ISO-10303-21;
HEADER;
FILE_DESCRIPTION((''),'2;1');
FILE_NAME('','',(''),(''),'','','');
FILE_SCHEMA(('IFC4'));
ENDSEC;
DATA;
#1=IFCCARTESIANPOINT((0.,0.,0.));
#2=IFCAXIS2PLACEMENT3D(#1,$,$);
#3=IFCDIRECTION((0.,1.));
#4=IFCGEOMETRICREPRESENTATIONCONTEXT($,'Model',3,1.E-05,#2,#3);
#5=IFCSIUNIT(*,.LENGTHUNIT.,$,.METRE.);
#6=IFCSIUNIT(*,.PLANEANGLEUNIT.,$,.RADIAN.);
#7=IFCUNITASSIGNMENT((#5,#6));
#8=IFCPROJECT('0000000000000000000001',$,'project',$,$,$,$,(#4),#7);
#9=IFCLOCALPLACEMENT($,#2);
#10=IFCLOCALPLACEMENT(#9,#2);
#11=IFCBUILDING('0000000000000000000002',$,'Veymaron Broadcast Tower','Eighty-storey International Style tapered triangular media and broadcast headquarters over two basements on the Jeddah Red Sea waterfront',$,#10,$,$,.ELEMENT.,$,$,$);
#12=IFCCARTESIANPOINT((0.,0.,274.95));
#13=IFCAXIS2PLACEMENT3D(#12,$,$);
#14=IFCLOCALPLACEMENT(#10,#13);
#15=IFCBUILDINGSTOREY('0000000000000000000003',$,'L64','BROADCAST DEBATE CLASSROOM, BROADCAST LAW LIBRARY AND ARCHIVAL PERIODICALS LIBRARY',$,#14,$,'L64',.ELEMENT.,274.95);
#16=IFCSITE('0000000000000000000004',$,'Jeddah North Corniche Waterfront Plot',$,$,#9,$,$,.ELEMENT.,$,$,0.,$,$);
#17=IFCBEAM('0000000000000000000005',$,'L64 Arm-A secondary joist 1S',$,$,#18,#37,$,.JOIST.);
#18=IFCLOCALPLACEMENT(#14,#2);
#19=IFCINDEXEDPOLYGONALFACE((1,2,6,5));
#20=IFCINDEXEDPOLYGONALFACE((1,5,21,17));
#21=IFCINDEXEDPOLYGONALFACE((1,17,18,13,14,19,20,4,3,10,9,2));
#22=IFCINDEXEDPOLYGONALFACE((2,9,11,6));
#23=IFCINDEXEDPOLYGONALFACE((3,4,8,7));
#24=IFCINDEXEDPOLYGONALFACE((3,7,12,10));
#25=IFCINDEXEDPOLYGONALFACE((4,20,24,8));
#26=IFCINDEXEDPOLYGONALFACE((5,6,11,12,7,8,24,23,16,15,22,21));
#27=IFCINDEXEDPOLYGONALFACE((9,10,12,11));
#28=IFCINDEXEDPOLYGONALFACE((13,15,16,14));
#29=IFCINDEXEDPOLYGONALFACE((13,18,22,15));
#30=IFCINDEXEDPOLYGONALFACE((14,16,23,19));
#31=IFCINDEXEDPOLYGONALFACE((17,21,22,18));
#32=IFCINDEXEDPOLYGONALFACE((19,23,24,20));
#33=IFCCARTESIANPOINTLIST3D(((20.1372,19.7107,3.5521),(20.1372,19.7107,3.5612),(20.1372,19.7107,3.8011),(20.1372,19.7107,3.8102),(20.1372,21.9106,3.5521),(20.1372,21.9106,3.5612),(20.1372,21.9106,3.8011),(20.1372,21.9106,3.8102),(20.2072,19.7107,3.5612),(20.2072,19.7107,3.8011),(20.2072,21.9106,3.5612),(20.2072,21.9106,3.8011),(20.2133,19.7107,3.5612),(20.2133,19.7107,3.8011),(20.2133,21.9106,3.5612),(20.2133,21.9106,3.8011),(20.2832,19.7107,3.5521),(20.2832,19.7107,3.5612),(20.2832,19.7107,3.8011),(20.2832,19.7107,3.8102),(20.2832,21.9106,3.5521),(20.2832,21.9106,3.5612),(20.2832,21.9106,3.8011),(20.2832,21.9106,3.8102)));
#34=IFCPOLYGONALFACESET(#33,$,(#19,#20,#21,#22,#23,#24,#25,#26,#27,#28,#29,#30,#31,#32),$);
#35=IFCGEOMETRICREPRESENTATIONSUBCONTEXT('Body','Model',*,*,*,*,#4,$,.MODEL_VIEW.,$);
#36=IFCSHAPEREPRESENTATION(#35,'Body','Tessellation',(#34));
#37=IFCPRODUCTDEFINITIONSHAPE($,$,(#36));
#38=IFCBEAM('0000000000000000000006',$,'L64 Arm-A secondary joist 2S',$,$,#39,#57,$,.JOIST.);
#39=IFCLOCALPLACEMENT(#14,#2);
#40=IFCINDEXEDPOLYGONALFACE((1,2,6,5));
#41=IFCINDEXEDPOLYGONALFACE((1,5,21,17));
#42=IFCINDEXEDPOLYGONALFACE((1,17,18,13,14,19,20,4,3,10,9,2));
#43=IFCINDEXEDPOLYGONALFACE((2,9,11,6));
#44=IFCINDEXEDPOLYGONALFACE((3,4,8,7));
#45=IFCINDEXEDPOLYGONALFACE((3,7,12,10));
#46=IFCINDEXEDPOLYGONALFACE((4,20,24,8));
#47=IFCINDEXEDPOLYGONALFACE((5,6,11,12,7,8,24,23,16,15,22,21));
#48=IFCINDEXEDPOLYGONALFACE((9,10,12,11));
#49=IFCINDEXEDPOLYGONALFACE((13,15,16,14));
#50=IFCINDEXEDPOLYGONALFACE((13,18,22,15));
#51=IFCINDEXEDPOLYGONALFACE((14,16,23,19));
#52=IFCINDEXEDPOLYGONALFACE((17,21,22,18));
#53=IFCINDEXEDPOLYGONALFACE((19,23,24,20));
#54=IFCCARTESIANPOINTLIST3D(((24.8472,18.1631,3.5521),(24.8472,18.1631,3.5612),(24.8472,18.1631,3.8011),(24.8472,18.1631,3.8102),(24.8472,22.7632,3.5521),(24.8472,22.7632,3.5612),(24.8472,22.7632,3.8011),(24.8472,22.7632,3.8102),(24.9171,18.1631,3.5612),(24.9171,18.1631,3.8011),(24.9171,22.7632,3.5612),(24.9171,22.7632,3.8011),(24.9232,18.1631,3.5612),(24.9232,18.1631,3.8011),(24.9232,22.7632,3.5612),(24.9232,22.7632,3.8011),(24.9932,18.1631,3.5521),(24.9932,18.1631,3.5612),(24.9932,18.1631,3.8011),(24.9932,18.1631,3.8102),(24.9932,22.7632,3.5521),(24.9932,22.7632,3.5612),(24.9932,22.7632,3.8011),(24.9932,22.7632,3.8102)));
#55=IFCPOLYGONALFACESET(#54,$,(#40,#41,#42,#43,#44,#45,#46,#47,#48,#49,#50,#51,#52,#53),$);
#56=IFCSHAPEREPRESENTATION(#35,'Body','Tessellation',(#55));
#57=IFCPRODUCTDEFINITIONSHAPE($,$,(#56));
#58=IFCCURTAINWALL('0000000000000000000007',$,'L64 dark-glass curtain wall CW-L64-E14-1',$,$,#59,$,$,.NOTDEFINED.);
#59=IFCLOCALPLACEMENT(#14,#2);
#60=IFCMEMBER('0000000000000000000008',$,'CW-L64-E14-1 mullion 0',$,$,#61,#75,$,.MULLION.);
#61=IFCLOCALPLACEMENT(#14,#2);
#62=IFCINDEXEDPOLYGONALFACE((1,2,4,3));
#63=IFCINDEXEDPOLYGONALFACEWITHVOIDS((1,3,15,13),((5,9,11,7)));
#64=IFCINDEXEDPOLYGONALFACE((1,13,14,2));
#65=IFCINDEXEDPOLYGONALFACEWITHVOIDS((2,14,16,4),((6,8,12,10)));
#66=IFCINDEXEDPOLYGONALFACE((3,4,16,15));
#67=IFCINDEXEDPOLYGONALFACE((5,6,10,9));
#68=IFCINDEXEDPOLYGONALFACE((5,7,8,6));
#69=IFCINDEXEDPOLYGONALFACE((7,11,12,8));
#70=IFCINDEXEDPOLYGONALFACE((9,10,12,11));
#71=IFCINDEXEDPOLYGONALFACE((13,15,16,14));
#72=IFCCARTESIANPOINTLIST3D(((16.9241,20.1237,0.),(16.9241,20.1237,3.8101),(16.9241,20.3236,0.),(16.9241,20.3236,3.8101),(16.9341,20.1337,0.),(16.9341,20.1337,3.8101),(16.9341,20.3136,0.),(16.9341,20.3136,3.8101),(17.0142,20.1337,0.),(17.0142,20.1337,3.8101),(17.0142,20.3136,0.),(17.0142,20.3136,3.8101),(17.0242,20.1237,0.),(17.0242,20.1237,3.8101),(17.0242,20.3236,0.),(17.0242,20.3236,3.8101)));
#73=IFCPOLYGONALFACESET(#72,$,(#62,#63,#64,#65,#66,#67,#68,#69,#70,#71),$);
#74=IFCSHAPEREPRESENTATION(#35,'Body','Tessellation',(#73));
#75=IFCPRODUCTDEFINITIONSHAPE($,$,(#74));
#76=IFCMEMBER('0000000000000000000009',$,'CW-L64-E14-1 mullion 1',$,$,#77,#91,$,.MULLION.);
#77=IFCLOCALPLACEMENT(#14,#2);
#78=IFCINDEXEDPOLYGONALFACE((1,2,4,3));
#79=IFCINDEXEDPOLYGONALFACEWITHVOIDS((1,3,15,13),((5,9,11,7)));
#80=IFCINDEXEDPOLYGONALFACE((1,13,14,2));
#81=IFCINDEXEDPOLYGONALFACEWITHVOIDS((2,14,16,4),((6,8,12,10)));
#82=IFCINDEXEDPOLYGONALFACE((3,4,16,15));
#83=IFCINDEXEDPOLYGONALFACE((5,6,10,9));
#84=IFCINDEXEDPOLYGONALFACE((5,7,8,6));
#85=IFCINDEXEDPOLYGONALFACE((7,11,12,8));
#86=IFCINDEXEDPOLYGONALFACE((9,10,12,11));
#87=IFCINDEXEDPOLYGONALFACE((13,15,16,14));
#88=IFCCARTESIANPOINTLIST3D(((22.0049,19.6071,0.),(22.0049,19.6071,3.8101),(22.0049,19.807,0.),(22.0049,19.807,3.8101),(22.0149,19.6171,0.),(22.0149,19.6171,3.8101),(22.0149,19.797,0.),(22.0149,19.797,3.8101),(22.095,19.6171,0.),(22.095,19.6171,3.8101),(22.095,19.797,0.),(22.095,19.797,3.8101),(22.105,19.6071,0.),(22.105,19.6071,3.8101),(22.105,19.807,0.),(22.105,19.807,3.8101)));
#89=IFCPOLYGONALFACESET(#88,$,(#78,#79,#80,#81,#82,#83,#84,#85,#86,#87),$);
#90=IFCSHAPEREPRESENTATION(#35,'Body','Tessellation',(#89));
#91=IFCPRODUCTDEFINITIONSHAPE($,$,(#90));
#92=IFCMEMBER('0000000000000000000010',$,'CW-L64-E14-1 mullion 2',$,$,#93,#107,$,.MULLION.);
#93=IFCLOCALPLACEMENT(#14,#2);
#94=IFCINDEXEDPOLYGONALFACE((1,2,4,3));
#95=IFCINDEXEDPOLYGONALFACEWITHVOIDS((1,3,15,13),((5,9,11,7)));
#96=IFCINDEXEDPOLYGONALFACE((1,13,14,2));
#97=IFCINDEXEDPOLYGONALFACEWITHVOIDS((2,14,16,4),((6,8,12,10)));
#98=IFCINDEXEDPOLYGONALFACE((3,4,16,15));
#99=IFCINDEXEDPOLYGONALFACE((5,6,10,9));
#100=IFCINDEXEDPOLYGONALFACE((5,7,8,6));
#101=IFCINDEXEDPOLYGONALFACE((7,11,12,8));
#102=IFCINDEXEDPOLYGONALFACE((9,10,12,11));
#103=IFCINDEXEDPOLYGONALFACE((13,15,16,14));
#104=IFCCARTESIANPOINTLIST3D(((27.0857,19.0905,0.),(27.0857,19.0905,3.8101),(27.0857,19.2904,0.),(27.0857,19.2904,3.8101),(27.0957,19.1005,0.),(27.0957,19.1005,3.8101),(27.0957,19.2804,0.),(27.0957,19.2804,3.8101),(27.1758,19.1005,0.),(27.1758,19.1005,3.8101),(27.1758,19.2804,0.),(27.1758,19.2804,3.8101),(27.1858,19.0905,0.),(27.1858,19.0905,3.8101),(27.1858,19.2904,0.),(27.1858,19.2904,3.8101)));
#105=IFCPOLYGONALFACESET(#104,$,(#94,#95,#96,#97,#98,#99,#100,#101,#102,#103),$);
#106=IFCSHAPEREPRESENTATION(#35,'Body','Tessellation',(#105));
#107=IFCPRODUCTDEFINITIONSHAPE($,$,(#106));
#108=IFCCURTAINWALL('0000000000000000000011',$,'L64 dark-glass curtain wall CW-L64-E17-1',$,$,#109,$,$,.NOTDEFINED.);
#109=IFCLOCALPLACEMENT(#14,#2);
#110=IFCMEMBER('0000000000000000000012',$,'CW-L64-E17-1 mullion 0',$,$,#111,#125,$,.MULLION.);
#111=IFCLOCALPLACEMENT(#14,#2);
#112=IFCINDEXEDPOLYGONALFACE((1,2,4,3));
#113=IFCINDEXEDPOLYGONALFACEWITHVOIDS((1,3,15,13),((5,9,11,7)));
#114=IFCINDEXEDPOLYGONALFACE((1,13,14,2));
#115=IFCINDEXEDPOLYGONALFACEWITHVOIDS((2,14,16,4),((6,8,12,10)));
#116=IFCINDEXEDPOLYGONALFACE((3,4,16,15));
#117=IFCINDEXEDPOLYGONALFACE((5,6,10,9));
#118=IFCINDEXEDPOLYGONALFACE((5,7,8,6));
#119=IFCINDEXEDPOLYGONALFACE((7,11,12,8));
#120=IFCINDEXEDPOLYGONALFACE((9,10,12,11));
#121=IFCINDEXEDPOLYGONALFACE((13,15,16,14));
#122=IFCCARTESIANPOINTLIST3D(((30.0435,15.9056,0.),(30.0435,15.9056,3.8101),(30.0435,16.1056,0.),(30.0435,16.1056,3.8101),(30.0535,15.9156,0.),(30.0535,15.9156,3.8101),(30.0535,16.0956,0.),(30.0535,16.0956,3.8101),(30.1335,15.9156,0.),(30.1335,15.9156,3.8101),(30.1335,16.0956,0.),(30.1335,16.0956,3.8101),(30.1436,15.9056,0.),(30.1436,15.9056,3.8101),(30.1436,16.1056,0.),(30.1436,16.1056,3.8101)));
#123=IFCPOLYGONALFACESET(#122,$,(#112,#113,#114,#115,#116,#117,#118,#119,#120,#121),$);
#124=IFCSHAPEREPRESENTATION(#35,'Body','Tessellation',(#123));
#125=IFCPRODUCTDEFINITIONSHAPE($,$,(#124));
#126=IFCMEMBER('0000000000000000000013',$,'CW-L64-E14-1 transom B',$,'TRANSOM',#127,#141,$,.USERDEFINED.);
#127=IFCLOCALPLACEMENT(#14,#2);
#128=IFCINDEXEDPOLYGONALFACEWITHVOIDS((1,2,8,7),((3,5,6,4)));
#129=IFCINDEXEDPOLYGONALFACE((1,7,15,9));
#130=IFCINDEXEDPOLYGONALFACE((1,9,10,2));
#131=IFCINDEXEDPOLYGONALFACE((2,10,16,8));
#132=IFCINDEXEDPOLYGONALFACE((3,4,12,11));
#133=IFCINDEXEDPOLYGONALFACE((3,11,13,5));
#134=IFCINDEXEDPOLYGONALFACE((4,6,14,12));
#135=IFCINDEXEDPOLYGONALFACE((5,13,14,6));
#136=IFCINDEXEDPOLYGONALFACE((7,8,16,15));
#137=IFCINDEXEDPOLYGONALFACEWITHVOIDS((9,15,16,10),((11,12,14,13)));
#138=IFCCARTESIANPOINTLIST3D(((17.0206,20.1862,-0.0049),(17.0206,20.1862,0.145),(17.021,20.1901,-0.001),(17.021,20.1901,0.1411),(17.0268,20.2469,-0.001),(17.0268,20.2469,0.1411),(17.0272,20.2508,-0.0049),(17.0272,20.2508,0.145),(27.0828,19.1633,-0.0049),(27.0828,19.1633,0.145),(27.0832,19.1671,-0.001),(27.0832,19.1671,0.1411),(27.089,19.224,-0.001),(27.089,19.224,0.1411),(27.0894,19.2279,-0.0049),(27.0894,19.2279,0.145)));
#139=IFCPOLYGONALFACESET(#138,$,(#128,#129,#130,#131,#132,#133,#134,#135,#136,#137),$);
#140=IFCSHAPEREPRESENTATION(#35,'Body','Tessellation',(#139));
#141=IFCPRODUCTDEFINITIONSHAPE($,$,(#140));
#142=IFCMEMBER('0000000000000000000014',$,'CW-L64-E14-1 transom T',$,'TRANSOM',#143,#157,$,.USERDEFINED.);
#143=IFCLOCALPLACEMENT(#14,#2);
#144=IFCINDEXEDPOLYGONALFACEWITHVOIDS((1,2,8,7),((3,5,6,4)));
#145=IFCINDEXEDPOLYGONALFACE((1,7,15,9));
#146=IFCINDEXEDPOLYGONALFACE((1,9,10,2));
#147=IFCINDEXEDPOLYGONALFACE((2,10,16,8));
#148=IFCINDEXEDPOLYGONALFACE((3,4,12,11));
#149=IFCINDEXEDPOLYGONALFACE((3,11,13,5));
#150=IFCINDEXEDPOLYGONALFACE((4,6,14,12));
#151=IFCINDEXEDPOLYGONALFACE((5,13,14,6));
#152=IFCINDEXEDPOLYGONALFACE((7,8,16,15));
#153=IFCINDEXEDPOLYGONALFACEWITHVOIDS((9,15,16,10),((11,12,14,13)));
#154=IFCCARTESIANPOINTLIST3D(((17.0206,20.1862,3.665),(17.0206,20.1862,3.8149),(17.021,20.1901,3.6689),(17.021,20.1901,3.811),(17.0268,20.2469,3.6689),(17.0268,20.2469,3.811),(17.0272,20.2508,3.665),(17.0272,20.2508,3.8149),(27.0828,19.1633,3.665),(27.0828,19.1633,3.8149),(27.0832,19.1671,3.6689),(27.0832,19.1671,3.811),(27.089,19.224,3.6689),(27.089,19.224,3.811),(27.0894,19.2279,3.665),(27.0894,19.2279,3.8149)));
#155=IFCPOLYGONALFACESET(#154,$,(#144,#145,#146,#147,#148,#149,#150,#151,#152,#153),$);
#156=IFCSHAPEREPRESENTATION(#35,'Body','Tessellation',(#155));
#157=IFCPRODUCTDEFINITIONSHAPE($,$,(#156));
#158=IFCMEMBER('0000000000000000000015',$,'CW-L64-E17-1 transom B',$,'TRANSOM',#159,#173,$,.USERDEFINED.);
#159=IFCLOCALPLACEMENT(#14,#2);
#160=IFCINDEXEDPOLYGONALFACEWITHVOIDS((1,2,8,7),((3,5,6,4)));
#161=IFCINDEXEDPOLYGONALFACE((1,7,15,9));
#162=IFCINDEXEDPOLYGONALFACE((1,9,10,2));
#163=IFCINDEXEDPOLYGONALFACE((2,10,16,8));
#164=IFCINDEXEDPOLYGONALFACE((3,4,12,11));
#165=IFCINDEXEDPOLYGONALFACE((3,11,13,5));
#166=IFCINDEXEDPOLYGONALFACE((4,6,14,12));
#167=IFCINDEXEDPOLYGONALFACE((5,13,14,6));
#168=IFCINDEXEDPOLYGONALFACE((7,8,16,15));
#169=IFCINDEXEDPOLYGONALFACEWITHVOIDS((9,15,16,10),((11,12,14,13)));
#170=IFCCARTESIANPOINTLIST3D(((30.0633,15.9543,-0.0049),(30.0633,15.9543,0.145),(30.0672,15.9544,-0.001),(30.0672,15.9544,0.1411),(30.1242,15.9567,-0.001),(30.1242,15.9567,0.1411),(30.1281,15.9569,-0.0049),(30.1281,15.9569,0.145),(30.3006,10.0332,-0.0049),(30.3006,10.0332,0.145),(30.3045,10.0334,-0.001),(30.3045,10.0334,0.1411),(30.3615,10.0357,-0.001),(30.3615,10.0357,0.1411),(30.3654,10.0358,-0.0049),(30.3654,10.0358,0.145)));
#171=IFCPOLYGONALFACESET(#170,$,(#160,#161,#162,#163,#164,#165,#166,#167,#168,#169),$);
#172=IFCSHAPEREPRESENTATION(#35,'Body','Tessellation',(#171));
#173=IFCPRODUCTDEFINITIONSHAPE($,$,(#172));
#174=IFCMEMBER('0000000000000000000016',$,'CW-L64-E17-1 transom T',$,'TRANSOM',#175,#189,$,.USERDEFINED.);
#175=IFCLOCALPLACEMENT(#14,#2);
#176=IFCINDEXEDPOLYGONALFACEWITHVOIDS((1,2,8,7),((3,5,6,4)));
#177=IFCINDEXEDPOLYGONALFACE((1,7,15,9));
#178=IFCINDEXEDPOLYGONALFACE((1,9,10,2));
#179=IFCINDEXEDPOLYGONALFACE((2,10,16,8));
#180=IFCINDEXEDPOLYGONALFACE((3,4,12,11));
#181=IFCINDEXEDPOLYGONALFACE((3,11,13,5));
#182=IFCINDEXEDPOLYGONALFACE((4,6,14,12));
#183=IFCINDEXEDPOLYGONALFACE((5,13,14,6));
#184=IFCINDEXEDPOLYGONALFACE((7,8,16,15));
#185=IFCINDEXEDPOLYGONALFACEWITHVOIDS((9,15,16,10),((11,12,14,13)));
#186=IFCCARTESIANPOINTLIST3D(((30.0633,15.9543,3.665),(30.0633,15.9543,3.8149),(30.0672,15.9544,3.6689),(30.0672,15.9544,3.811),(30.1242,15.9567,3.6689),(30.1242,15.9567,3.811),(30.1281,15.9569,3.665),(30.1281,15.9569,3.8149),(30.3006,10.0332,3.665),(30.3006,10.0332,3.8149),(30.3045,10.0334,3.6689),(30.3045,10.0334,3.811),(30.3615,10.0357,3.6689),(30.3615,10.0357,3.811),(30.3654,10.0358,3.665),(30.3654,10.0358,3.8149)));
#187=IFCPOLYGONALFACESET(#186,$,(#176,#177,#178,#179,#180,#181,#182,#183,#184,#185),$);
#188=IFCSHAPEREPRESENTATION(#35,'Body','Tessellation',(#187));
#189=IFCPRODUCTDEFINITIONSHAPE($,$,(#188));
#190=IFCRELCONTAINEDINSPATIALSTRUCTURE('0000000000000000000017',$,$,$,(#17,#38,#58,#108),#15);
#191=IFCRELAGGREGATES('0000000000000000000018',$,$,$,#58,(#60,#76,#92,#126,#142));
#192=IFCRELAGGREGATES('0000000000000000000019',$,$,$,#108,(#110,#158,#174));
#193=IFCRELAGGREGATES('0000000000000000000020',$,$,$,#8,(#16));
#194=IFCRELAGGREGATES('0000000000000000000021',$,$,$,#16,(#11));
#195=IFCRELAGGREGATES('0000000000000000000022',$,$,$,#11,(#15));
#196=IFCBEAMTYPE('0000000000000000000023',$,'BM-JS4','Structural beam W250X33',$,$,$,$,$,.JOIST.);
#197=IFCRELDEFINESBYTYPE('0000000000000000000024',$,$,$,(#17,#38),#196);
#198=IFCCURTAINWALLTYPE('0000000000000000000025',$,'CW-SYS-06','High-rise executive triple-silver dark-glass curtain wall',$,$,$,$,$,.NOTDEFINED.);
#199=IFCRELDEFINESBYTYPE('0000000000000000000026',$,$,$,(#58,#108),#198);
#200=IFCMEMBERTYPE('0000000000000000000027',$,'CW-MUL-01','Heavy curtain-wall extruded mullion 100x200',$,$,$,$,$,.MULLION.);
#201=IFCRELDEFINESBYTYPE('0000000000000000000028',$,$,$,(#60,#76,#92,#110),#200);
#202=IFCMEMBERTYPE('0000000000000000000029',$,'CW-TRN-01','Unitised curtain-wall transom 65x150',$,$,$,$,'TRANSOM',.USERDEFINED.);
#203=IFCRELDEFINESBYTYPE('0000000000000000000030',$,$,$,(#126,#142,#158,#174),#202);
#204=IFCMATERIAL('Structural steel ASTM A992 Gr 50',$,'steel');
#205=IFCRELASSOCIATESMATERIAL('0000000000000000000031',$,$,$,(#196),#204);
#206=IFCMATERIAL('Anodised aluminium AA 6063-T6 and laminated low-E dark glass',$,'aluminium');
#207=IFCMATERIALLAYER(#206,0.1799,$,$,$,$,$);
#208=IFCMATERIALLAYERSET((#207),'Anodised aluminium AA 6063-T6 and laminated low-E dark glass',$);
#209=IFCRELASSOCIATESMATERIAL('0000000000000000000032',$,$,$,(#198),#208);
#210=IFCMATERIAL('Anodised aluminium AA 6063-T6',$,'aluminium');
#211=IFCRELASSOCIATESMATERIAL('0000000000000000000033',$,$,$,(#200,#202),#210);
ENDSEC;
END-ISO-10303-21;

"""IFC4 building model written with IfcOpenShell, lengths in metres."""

from ifc_helpers import new_model, si_unit, direction, frame, origin, origin_2d, place, context, subcontext, project, spatial, hollow_rectangle, i_section, extrude, material, layer, layer_set, material_profile, profile_set, type_object, element, aggregate, save


model = new_model("IFC4")

# Units and contexts
model_context = context("Model", 3, precision=1e-05, world=origin(), true_north=direction((0.0, 1.0)))
body_context = subcontext(model_context, "Body", "Model", "MODEL_VIEW")
ifc_project = project(units=[si_unit("LENGTHUNIT", "METRE"), si_unit("PLANEANGLEUNIT", "RADIAN")], contexts=[model_context])

# Site, building, storey
site_placement = place(None, origin())
site = spatial("IfcSite", under=ifc_project, at=site_placement, Name="Jeddah North Corniche Waterfront Plot", CompositionType="ELEMENT", RefElevation=0.0)
building_placement = place(site_placement, origin())
building = spatial("IfcBuilding", under=site, at=building_placement, Name="Veymaron Broadcast Tower", Description="Eighty-storey International Style tapered triangular media and broadcast headquarters over two basements on the Jeddah Red Sea waterfront", CompositionType="ELEMENT")
storey_placement = place(building_placement, frame((0.0, 0.0, 274.95)))
storey = spatial("IfcBuildingStorey", under=building, at=storey_placement, Name="L64", Description="BROADCAST DEBATE CLASSROOM, BROADCAST LAW LIBRARY AND ARCHIVAL PERIODICALS LIBRARY", LongName="L64", CompositionType="ELEMENT", Elevation=274.95)

# Beams
ifc_material_1 = material(Name="Structural steel ASTM A992 Gr 50", Category="steel")
ifc_material_profile_1 = material_profile(ifc_material_1, i_section(OverallWidth=0.146, OverallDepth=0.2581, WebThickness=0.0061, FlangeThickness=0.009, at=origin_2d()), Name="W250X33")
ifc_profile_set_1 = profile_set([ifc_material_profile_1], Name="Structural steel ASTM A992 Gr 50")
beam_type = type_object("IfcBeamType", Name="BM-JS4", Description="Structural beam W250X33", PredefinedType="JOIST", material=ifc_profile_set_1)
beam_1_placement = place(storey_placement, frame((20.2102, 19.7107, 3.6812), z_axis=(0.0, 1.0, 0.0), x_axis=(-1.0, 0.0, 0.0)))
element("IfcBeam", 1, at=beam_1_placement, inside=storey, type_object=beam_type, Name="L64 Arm-A secondary joist 1S", PredefinedType="JOIST", context=body_context, shape_type="SweptSolid", body=[
    extrude(i_section(OverallWidth=0.146, OverallDepth=0.2581, WebThickness=0.0061, FlangeThickness=0.009, at=origin_2d()), origin(), (0.0, 0.0, 1.0), 2.2),
])
beam_2_placement = place(storey_placement, frame((24.9202, 18.1631, 3.6812), z_axis=(0.0, 1.0, 0.0), x_axis=(-1.0, 0.0, 0.0)))
element("IfcBeam", 2, at=beam_2_placement, inside=storey, type_object=beam_type, Name="L64 Arm-A secondary joist 2S", PredefinedType="JOIST", context=body_context, shape_type="SweptSolid", body=[
    extrude(i_section(OverallWidth=0.146, OverallDepth=0.2581, WebThickness=0.0061, FlangeThickness=0.009, at=origin_2d()), origin(), (0.0, 0.0, 1.0), 4.6001),
])

# Curtain wall, members
ifc_material_2 = material(Name="Anodised aluminium AA 6063-T6 and laminated low-E dark glass", Category="aluminium")
ifc_layer_1 = layer(ifc_material_2, 0.1799)
ifc_layer_set_1 = layer_set([ifc_layer_1], Name="Anodised aluminium AA 6063-T6 and laminated low-E dark glass")
curtain_wall_type = type_object("IfcCurtainWallType", Name="CW-SYS-06", Description="High-rise executive triple-silver dark-glass curtain wall", PredefinedType="NOTDEFINED", material=ifc_layer_set_1)
curtain_wall_1_placement = place(storey_placement, origin())
curtain_wall_1 = element("IfcCurtainWall", 3, at=curtain_wall_1_placement, inside=storey, type_object=curtain_wall_type, Name="L64 dark-glass curtain wall CW-L64-E14-1", PredefinedType="NOTDEFINED")
ifc_material_3 = material(Name="Anodised aluminium AA 6063-T6", Category="aluminium")
ifc_material_profile_2 = material_profile(ifc_material_3, hollow_rectangle(XDim=0.1001, YDim=0.2, WallThickness=0.01, at=origin_2d()), Name="RHS200X100X10")
ifc_profile_set_2 = profile_set([ifc_material_profile_2], Name="Anodised aluminium AA 6063-T6")
member_type_1 = type_object("IfcMemberType", Name="CW-MUL-01", Description="Heavy curtain-wall extruded mullion 100x200", PredefinedType="MULLION", material=ifc_profile_set_2)
member_1_placement = place(storey_placement, frame((16.9741, 20.2236, 0.0), z_axis=(0.0, 0.0, 1.0), x_axis=(1.0, 0.0, 0.0)))
member_1 = element("IfcMember", 4, at=member_1_placement, type_object=member_type_1, Name="CW-L64-E14-1 mullion 0", PredefinedType="MULLION", context=body_context, shape_type="SweptSolid", body=[
    extrude(hollow_rectangle(XDim=0.1001, YDim=0.2, WallThickness=0.01, at=origin_2d()), origin(), (0.0, 0.0, 1.0), 3.8101),
])
member_2_placement = place(storey_placement, frame((22.0549, 19.707, 0.0), z_axis=(0.0, 0.0, 1.0), x_axis=(1.0, 0.0, 0.0)))
member_2 = element("IfcMember", 5, at=member_2_placement, type_object=member_type_1, Name="CW-L64-E14-1 mullion 1", PredefinedType="MULLION", context=body_context, shape_type="SweptSolid", body=[
    extrude(hollow_rectangle(XDim=0.1001, YDim=0.2, WallThickness=0.01, at=origin_2d()), origin(), (0.0, 0.0, 1.0), 3.8101),
])
member_3_placement = place(storey_placement, frame((27.1357, 19.1904, 0.0), z_axis=(0.0, 0.0, 1.0), x_axis=(1.0, 0.0, 0.0)))
member_3 = element("IfcMember", 6, at=member_3_placement, type_object=member_type_1, Name="CW-L64-E14-1 mullion 2", PredefinedType="MULLION", context=body_context, shape_type="SweptSolid", body=[
    extrude(hollow_rectangle(XDim=0.1001, YDim=0.2, WallThickness=0.01, at=origin_2d()), origin(), (0.0, 0.0, 1.0), 3.8101),
])

# Curtain wall, member
curtain_wall_2_placement = place(storey_placement, origin())
curtain_wall_2 = element("IfcCurtainWall", 7, at=curtain_wall_2_placement, inside=storey, type_object=curtain_wall_type, Name="L64 dark-glass curtain wall CW-L64-E17-1", PredefinedType="NOTDEFINED")
member_4_placement = place(storey_placement, frame((30.0935, 16.0056, 0.0), z_axis=(0.0, 0.0, 1.0), x_axis=(1.0, 0.0, 0.0)))
member_4 = element("IfcMember", 8, at=member_4_placement, type_object=member_type_1, Name="CW-L64-E17-1 mullion 0", PredefinedType="MULLION", context=body_context, shape_type="SweptSolid", body=[
    extrude(hollow_rectangle(XDim=0.1001, YDim=0.2, WallThickness=0.01, at=origin_2d()), origin(), (0.0, 0.0, 1.0), 3.8101),
])

# Members
ifc_material_profile_3 = material_profile(ifc_material_3, hollow_rectangle(XDim=0.0649, YDim=0.1499, WallThickness=0.0039, at=origin_2d()), Name="AL150X65X4")
ifc_profile_set_3 = profile_set([ifc_material_profile_3], Name="Anodised aluminium AA 6063-T6")
member_type_2 = type_object("IfcMemberType", Name="CW-TRN-01", Description="Unitised curtain-wall transom 65x150", ElementType="TRANSOM", PredefinedType="USERDEFINED", material=ifc_profile_set_3)
member_5_placement = place(storey_placement, frame((17.0239, 20.2185, 0.0701), z_axis=(0.994872, -0.101141, 0.0), x_axis=(0.101141, 0.994872, 0.0)))
member_5 = element("IfcMember", 9, at=member_5_placement, type_object=member_type_2, Name="CW-L64-E14-1 transom B", ObjectType="TRANSOM", PredefinedType="USERDEFINED", context=body_context, shape_type="SweptSolid", body=[
    extrude(hollow_rectangle(XDim=0.0649, YDim=0.1499, WallThickness=0.0039, at=origin_2d()), origin(), (0.0, 0.0, 1.0), 10.114),
])
member_6_placement = place(storey_placement, frame((17.0239, 20.2185, 3.74), z_axis=(0.994872, -0.101141, 0.0), x_axis=(0.101141, 0.994872, 0.0)))
member_6 = element("IfcMember", 10, at=member_6_placement, type_object=member_type_2, Name="CW-L64-E14-1 transom T", ObjectType="TRANSOM", PredefinedType="USERDEFINED", context=body_context, shape_type="SweptSolid", body=[
    extrude(hollow_rectangle(XDim=0.0649, YDim=0.1499, WallThickness=0.0039, at=origin_2d()), origin(), (0.0, 0.0, 1.0), 10.114),
])
member_7_placement = place(storey_placement, frame((30.0957, 15.9556, 0.0701), z_axis=(0.040045, -0.999198, 0.0), x_axis=(0.999198, 0.040045, 0.0)))
member_7 = element("IfcMember", 11, at=member_7_placement, type_object=member_type_2, Name="CW-L64-E17-1 transom B", ObjectType="TRANSOM", PredefinedType="USERDEFINED", context=body_context, shape_type="SweptSolid", body=[
    extrude(hollow_rectangle(XDim=0.0649, YDim=0.1499, WallThickness=0.0039, at=origin_2d()), origin(), (0.0, 0.0, 1.0), 5.9258),
])
member_8_placement = place(storey_placement, frame((30.0957, 15.9556, 3.74), z_axis=(0.040045, -0.999198, 0.0), x_axis=(0.999198, 0.040045, 0.0)))
member_8 = element("IfcMember", 12, at=member_8_placement, type_object=member_type_2, Name="CW-L64-E17-1 transom T", ObjectType="TRANSOM", PredefinedType="USERDEFINED", context=body_context, shape_type="SweptSolid", body=[
    extrude(hollow_rectangle(XDim=0.0649, YDim=0.1499, WallThickness=0.0039, at=origin_2d()), origin(), (0.0, 0.0, 1.0), 5.9258),
])

aggregate(curtain_wall_1, [member_1, member_2, member_3, member_5, member_6])
aggregate(curtain_wall_2, [member_4, member_7, member_8])

save(model, "model.ifc")
